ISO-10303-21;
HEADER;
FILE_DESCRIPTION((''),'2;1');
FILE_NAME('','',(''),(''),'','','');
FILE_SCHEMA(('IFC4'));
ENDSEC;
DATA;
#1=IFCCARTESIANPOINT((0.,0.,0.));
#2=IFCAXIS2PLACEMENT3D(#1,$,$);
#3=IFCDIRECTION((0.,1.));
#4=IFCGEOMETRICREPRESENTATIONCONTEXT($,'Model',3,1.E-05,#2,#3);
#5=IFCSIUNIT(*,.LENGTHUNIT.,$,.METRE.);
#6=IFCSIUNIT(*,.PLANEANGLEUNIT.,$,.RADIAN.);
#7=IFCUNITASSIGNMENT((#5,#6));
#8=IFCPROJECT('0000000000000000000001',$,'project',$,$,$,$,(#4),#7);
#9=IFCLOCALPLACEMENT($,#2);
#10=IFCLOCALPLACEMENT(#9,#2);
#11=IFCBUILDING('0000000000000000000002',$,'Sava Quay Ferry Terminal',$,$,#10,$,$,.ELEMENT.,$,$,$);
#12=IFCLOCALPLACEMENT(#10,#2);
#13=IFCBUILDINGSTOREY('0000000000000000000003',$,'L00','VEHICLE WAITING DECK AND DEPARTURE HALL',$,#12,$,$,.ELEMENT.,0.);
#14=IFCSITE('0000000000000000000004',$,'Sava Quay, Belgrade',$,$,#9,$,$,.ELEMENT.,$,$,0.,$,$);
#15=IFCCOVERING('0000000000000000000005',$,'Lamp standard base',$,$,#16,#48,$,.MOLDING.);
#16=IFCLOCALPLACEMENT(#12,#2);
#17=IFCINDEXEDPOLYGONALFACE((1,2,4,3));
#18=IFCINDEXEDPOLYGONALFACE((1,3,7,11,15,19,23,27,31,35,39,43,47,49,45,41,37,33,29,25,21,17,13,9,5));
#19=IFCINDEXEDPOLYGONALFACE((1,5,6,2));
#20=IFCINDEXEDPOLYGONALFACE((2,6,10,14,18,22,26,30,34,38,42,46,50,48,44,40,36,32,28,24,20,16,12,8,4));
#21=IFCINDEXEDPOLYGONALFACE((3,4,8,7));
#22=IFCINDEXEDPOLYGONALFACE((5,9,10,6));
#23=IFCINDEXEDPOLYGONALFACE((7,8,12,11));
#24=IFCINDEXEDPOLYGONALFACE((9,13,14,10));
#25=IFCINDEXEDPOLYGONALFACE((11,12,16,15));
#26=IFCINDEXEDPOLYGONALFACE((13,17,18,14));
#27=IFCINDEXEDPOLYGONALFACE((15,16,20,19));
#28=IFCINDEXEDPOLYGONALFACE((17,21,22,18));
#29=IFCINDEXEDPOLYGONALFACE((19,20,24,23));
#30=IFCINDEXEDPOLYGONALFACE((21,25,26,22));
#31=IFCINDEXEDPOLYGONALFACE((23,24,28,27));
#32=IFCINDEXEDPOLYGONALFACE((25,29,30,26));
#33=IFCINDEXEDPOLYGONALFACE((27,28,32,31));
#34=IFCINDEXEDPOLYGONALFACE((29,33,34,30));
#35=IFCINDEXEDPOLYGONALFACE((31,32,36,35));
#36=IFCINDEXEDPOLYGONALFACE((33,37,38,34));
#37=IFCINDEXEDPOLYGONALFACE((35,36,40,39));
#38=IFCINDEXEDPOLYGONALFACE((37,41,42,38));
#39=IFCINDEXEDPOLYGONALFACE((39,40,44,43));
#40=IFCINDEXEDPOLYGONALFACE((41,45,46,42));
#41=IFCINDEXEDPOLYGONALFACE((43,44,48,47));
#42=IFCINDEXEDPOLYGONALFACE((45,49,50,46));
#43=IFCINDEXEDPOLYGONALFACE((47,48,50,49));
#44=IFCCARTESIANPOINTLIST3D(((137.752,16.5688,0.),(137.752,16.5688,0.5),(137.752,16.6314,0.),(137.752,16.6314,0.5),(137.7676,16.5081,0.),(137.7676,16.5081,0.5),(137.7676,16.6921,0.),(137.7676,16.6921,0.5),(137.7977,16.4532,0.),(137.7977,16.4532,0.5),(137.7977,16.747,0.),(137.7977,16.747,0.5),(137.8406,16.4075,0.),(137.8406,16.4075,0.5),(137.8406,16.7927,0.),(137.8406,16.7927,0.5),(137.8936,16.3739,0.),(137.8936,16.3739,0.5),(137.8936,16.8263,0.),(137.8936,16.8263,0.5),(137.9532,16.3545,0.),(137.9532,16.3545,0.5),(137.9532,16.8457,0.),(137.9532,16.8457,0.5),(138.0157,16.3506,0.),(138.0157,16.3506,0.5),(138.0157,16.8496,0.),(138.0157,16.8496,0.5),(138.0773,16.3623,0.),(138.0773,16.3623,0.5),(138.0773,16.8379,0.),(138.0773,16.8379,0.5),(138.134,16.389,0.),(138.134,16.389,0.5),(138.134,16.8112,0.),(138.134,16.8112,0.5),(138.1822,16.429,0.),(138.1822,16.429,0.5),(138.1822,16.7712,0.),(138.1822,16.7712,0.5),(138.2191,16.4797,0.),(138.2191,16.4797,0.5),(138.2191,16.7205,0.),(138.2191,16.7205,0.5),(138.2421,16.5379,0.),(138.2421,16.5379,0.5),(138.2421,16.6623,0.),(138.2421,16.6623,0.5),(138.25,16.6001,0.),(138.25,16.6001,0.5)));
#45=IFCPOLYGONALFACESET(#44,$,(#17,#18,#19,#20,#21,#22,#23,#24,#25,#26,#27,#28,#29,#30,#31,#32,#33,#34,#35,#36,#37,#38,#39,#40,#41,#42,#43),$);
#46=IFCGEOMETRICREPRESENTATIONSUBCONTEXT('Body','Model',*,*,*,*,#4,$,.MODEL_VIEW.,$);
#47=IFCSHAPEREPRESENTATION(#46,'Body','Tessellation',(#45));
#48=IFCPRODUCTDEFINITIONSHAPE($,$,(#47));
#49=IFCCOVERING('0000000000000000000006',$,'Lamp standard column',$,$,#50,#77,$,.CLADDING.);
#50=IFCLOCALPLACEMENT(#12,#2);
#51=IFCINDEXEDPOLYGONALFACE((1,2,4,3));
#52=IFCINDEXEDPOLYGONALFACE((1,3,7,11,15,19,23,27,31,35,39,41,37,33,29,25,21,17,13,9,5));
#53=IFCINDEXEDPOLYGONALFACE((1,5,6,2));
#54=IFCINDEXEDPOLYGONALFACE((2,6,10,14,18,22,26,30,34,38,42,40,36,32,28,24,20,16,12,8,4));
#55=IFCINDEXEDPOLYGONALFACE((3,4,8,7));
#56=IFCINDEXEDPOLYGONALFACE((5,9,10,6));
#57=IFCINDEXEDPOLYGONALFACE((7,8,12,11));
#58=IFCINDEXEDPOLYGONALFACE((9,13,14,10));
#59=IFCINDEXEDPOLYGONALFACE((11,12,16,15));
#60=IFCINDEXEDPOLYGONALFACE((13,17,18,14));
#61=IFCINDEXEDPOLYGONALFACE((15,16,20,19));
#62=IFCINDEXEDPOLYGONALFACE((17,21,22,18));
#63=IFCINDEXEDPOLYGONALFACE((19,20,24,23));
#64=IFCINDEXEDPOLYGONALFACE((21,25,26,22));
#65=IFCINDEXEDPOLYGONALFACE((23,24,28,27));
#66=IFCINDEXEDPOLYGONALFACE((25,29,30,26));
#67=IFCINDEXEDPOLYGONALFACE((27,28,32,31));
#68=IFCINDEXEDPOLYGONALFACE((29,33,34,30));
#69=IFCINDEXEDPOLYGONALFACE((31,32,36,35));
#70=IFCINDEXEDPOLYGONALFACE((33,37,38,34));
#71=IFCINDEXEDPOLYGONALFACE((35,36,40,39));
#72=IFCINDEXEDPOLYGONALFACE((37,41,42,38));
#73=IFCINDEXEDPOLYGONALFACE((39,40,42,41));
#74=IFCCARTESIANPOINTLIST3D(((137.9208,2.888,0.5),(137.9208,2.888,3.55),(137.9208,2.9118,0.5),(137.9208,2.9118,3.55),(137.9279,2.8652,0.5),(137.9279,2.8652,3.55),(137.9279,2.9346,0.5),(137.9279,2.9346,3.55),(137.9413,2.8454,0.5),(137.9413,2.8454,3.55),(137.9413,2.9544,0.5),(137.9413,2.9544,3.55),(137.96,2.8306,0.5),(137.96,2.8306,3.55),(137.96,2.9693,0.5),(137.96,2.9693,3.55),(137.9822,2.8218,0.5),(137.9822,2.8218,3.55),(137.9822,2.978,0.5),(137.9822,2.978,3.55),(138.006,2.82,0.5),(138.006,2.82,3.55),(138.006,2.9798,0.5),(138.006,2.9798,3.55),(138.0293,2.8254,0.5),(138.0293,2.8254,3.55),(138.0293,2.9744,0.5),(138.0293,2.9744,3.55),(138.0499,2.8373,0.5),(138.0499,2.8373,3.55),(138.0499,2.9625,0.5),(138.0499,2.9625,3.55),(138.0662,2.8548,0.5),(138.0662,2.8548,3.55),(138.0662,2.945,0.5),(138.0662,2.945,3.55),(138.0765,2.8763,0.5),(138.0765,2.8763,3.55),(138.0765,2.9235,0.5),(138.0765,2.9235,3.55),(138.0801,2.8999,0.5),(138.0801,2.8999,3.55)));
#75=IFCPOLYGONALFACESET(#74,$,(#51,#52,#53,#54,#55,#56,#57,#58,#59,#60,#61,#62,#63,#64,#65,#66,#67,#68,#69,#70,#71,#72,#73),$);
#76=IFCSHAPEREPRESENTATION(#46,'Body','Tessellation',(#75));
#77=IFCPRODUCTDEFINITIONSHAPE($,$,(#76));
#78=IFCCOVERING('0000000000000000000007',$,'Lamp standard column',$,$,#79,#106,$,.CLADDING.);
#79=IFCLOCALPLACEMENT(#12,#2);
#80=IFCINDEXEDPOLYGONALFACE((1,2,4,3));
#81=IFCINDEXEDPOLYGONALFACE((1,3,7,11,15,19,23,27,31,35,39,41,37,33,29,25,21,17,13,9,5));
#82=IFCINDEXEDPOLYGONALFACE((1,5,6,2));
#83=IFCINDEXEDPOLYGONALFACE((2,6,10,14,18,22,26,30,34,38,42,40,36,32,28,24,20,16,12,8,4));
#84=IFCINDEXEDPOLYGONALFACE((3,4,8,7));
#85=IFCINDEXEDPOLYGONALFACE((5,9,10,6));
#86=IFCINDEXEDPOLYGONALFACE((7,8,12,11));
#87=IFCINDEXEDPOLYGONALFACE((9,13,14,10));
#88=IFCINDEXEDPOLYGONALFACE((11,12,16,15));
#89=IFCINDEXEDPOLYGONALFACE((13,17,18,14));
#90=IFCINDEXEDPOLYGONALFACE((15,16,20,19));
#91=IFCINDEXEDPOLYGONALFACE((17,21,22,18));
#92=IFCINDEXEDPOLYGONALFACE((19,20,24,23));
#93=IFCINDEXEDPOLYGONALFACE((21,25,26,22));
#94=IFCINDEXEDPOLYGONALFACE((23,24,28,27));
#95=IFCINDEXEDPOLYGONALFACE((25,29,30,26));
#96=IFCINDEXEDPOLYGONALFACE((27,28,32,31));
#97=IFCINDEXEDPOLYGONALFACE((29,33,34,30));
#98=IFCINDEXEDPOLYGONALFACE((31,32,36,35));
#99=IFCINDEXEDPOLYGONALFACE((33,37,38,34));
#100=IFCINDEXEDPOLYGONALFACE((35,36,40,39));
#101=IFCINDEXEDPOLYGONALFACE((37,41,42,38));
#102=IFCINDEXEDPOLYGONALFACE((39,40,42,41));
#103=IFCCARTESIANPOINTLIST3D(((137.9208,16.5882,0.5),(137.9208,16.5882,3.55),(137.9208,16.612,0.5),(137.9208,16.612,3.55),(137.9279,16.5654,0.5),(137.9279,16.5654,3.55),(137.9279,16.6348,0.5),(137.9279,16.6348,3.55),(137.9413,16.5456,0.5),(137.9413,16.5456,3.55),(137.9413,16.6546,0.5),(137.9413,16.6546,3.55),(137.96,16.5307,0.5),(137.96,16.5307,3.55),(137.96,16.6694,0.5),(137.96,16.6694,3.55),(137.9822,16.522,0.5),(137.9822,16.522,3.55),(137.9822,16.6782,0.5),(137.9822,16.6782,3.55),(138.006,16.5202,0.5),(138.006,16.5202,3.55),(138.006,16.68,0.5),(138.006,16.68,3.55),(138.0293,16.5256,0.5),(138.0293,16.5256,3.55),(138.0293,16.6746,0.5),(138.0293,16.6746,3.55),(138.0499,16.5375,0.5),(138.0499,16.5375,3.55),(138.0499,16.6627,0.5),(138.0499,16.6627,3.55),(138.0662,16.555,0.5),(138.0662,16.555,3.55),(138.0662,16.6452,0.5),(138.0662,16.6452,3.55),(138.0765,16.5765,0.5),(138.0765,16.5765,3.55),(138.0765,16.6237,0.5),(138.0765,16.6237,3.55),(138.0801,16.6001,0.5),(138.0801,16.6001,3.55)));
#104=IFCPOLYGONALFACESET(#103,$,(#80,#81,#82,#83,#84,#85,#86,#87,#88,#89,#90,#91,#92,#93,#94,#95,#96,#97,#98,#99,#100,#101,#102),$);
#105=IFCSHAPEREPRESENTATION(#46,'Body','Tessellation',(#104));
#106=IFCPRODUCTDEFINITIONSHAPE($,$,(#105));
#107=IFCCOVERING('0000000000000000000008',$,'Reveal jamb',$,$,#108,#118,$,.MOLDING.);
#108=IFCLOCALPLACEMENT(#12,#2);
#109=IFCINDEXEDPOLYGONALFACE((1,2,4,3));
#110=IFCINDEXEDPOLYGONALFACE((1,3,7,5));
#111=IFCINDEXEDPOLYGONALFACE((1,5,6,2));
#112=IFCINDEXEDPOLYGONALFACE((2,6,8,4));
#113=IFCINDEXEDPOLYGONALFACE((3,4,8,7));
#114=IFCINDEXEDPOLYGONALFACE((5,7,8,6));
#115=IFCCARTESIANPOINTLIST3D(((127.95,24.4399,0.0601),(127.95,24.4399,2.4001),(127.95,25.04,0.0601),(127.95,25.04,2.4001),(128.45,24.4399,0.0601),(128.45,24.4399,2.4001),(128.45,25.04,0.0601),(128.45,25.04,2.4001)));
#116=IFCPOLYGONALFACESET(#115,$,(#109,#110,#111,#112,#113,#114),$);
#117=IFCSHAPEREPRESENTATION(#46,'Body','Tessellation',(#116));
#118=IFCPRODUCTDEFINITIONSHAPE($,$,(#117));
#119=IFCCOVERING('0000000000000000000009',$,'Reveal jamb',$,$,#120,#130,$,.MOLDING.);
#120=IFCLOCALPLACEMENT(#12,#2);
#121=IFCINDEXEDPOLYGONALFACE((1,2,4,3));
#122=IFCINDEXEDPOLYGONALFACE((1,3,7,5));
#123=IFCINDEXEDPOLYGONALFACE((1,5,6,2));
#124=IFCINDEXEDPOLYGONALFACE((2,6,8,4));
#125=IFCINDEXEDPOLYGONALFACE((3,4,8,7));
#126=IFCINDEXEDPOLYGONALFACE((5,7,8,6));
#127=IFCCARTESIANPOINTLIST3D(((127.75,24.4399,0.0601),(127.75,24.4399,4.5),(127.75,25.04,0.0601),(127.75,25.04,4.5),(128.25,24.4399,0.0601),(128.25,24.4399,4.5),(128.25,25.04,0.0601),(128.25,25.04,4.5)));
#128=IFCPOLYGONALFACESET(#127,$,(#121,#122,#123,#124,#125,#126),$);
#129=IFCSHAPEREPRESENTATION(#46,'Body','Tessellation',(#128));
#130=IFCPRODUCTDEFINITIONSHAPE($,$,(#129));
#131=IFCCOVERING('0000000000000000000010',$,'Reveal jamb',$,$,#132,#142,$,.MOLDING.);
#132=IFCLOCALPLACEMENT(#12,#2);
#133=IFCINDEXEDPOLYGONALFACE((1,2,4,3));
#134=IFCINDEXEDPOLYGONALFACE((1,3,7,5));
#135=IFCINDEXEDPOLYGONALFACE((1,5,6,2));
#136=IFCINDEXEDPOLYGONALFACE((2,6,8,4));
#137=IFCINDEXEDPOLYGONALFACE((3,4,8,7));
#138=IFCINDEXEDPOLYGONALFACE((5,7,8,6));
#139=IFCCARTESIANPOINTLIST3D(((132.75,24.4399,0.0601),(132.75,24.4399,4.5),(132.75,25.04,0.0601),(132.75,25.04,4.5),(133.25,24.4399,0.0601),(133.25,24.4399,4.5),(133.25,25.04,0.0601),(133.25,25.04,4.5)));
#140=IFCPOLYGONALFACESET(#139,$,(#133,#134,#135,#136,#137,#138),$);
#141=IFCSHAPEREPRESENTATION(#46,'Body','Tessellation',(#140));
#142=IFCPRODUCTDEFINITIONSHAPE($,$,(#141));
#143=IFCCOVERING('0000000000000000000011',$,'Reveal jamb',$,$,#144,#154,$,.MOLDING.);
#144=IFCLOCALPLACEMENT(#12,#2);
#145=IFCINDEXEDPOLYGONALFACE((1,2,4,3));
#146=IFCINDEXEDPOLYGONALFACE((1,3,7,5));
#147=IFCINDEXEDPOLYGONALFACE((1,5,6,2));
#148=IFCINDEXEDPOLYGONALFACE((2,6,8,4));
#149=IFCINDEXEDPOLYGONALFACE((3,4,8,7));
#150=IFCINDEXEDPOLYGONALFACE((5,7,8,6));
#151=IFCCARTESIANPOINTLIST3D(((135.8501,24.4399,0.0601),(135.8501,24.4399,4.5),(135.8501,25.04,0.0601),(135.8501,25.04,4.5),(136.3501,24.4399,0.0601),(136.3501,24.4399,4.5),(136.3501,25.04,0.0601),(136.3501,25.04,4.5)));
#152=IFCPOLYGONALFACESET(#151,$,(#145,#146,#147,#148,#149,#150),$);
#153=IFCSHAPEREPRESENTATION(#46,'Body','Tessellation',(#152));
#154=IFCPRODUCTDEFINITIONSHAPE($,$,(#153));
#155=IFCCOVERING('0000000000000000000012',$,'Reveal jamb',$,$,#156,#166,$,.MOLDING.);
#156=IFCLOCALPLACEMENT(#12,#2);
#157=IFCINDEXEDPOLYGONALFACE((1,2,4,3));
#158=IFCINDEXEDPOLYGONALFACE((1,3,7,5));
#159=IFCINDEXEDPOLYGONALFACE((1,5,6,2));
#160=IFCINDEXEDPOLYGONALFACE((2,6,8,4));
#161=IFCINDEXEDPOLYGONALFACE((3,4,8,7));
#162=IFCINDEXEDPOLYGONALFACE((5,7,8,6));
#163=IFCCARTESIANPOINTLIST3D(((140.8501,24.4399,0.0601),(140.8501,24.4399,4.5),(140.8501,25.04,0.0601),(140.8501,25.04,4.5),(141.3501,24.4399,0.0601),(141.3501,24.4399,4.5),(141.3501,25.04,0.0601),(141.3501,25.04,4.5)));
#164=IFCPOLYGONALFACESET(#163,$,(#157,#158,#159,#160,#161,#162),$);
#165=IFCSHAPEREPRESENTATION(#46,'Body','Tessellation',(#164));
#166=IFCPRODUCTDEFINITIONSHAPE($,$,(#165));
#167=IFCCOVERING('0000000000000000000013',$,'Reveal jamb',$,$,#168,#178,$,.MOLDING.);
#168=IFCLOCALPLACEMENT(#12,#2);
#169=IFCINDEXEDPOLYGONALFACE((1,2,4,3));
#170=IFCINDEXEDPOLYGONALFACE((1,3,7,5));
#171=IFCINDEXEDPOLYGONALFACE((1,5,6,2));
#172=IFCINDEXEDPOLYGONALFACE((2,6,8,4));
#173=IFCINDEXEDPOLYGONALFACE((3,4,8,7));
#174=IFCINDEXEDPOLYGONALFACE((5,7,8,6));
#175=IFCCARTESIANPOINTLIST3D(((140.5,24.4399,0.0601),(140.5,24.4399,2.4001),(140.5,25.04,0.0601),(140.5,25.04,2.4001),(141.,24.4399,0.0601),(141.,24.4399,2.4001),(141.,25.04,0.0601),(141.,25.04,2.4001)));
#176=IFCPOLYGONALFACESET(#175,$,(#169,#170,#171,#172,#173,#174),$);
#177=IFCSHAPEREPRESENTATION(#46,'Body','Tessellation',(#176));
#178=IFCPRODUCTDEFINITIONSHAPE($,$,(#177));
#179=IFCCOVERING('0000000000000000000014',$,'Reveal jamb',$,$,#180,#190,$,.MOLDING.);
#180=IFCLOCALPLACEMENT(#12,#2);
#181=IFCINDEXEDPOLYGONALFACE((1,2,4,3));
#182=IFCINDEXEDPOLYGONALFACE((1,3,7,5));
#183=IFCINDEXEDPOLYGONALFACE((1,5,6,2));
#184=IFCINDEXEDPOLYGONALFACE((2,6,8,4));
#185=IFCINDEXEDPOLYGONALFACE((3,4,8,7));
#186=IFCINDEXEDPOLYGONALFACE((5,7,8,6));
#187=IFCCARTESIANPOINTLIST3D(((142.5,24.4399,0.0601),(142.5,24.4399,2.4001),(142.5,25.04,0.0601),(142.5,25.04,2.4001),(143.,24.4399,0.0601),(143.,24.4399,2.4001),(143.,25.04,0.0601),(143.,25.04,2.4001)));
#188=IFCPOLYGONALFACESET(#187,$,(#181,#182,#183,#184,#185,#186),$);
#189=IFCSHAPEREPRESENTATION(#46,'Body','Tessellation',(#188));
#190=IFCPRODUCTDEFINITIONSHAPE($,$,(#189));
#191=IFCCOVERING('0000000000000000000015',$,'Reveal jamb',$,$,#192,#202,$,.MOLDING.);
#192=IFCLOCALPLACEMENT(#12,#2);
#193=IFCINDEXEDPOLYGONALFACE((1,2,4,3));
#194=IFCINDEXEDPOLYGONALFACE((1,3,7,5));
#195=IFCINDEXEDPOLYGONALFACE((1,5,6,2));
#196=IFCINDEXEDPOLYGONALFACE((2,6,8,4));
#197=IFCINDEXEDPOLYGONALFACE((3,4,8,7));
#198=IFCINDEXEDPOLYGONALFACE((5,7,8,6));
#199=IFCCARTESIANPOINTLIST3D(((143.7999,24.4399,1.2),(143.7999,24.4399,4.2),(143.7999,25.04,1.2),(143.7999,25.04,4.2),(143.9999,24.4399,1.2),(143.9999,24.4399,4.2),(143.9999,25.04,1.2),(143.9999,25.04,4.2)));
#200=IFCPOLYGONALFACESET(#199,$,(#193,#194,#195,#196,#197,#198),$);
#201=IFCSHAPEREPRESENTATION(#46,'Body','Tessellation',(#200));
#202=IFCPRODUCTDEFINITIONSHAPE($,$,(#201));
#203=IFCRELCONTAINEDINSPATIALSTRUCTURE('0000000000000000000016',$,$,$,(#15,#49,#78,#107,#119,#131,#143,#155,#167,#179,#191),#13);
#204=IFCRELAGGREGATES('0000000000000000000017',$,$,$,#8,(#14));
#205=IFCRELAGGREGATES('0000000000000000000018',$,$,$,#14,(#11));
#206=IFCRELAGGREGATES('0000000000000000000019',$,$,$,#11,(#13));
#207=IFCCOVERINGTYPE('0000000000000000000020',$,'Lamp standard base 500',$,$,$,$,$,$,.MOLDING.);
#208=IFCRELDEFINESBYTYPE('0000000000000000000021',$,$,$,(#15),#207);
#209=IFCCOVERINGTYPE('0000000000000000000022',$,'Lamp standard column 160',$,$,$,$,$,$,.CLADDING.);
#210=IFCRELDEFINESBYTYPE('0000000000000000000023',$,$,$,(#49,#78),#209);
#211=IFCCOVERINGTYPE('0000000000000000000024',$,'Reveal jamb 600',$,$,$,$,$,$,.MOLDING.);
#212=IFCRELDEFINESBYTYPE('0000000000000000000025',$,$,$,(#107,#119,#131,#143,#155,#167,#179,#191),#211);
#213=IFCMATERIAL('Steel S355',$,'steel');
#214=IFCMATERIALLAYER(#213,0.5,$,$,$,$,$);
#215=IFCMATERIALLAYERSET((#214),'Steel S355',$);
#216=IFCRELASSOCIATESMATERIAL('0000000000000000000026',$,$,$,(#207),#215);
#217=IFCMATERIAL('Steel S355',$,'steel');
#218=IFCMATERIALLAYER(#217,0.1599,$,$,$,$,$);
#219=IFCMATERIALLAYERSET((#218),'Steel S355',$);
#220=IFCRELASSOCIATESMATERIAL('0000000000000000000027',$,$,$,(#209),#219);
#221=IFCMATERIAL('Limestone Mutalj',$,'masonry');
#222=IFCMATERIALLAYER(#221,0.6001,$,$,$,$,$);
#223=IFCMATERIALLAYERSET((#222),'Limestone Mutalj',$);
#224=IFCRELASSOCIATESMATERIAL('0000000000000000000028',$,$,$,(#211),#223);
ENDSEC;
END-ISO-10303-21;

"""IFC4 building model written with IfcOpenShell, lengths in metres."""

from ifc_helpers import new_model, si_unit, direction, frame, origin, origin_2d, place, context, subcontext, project, spatial, rectangle, circle, extrude, material, layer, layer_set, type_object, element, save


model = new_model("IFC4")

# Units and contexts
model_context = context("Model", 3, precision=1e-05, world=origin(), true_north=direction((0.0, 1.0)))
body_context = subcontext(model_context, "Body", "Model", "MODEL_VIEW")
ifc_project = project(units=[si_unit("LENGTHUNIT", "METRE"), si_unit("PLANEANGLEUNIT", "RADIAN")], contexts=[model_context])

# Site, building, storey
site_placement = place(None, origin())
site = spatial("IfcSite", under=ifc_project, at=site_placement, Name="Sava Quay, Belgrade", CompositionType="ELEMENT", RefElevation=0.0)
building_placement = place(site_placement, origin())
building = spatial("IfcBuilding", under=site, at=building_placement, Name="Sava Quay Ferry Terminal", CompositionType="ELEMENT")
storey_placement = place(building_placement, origin())
storey = spatial("IfcBuildingStorey", under=building, at=storey_placement, Name="L00", Description="VEHICLE WAITING DECK AND DEPARTURE HALL", CompositionType="ELEMENT", Elevation=0.0)

# Coverings
ifc_material_1 = material(Name="Steel S355", Category="steel")
ifc_layer_1 = layer(ifc_material_1, 0.5)
ifc_layer_set_1 = layer_set([ifc_layer_1], Name="Steel S355")
covering_type_1 = type_object("IfcCoveringType", Name="Lamp standard base 500", PredefinedType="MOLDING", material=ifc_layer_set_1)
for number, where, z_axis, x_axis, name in (
    (1, (138.0, 16.6001, 0.5), (0.0, 0.0, -1.0), (1.0, 0.0, 0.0), "Lamp standard base"),
):
    element("IfcCovering", number, at=place(storey_placement, frame(where, z_axis=z_axis, x_axis=x_axis)), inside=storey, type_object=covering_type_1, Name=name, PredefinedType="MOLDING", context=body_context, shape_type="SweptSolid", body=[
        extrude(circle(Radius=0.25, at=origin_2d()), origin(), (0.0, 0.0, 1.0), 0.5),
    ])
ifc_material_2 = material(Name="Steel S355", Category="steel")
ifc_layer_2 = layer(ifc_material_2, 0.1599)
ifc_layer_set_2 = layer_set([ifc_layer_2], Name="Steel S355")
covering_type_2 = type_object("IfcCoveringType", Name="Lamp standard column 160", PredefinedType="CLADDING", material=ifc_layer_set_2)
for number, where, z_axis, x_axis, name in (
    (2, (138.0, 2.8999, 3.55), (0.0, 0.0, -1.0), (1.0, 0.0, 0.0), "Lamp standard column"),
    (3, (138.0, 16.6001, 3.55), (0.0, 0.0, -1.0), (1.0, 0.0, 0.0), "Lamp standard column"),
):
    element("IfcCovering", number, at=place(storey_placement, frame(where, z_axis=z_axis, x_axis=x_axis)), inside=storey, type_object=covering_type_2, Name=name, PredefinedType="CLADDING", context=body_context, shape_type="SweptSolid", body=[
        extrude(circle(Radius=0.0801, at=origin_2d()), origin(), (0.0, 0.0, 1.0), 3.05),
    ])
ifc_material_3 = material(Name="Limestone Mutalj", Category="masonry")
ifc_layer_3 = layer(ifc_material_3, 0.6001)
ifc_layer_set_3 = layer_set([ifc_layer_3], Name="Limestone Mutalj")
covering_type_3 = type_object("IfcCoveringType", Name="Reveal jamb 600", PredefinedType="MOLDING", material=ifc_layer_set_3)
covering_1_placement = place(storey_placement, frame((128.2, 24.74, 0.0601), z_axis=(0.0, 0.0, 1.0), x_axis=(1.0, 0.0, 0.0)))
element("IfcCovering", 4, at=covering_1_placement, inside=storey, type_object=covering_type_3, Name="Reveal jamb", PredefinedType="MOLDING", context=body_context, shape_type="SweptSolid", body=[
    extrude(rectangle(XDim=0.5, YDim=0.6001, at=origin_2d()), origin(), (0.0, 0.0, 1.0), 2.3401),
])
for number, where, z_axis, x_axis, name in (
    (5, (128.0, 24.74, 0.0601), (0.0, 0.0, 1.0), (1.0, 0.0, 0.0), "Reveal jamb"),
    (6, (133.0, 24.74, 0.0601), (0.0, 0.0, 1.0), (1.0, 0.0, 0.0), "Reveal jamb"),
    (7, (136.1001, 24.74, 0.0601), (0.0, 0.0, 1.0), (1.0, 0.0, 0.0), "Reveal jamb"),
    (8, (141.1001, 24.74, 0.0601), (0.0, 0.0, 1.0), (1.0, 0.0, 0.0), "Reveal jamb"),
):
    element("IfcCovering", number, at=place(storey_placement, frame(where, z_axis=z_axis, x_axis=x_axis)), inside=storey, type_object=covering_type_3, Name=name, PredefinedType="MOLDING", context=body_context, shape_type="SweptSolid", body=[
        extrude(rectangle(XDim=0.5, YDim=0.6001, at=origin_2d()), origin(), (0.0, 0.0, 1.0), 4.4399),
    ])
for number, where, z_axis, x_axis, name in (
    (9, (140.75, 24.74, 0.0601), (0.0, 0.0, 1.0), (1.0, 0.0, 0.0), "Reveal jamb"),
    (10, (142.75, 24.74, 0.0601), (0.0, 0.0, 1.0), (1.0, 0.0, 0.0), "Reveal jamb"),
):
    element("IfcCovering", number, at=place(storey_placement, frame(where, z_axis=z_axis, x_axis=x_axis)), inside=storey, type_object=covering_type_3, Name=name, PredefinedType="MOLDING", context=body_context, shape_type="SweptSolid", body=[
        extrude(rectangle(XDim=0.5, YDim=0.6001, at=origin_2d()), origin(), (0.0, 0.0, 1.0), 2.3401),
    ])
covering_2_placement = place(storey_placement, frame((143.8999, 24.74, 1.2), z_axis=(0.0, 0.0, 1.0), x_axis=(1.0, 0.0, 0.0)))
element("IfcCovering", 11, at=covering_2_placement, inside=storey, type_object=covering_type_3, Name="Reveal jamb", PredefinedType="MOLDING", context=body_context, shape_type="SweptSolid", body=[
    extrude(rectangle(XDim=0.2, YDim=0.6001, at=origin_2d()), origin(), (0.0, 0.0, 1.0), 3.0),
])

save(model, "model.ifc")
